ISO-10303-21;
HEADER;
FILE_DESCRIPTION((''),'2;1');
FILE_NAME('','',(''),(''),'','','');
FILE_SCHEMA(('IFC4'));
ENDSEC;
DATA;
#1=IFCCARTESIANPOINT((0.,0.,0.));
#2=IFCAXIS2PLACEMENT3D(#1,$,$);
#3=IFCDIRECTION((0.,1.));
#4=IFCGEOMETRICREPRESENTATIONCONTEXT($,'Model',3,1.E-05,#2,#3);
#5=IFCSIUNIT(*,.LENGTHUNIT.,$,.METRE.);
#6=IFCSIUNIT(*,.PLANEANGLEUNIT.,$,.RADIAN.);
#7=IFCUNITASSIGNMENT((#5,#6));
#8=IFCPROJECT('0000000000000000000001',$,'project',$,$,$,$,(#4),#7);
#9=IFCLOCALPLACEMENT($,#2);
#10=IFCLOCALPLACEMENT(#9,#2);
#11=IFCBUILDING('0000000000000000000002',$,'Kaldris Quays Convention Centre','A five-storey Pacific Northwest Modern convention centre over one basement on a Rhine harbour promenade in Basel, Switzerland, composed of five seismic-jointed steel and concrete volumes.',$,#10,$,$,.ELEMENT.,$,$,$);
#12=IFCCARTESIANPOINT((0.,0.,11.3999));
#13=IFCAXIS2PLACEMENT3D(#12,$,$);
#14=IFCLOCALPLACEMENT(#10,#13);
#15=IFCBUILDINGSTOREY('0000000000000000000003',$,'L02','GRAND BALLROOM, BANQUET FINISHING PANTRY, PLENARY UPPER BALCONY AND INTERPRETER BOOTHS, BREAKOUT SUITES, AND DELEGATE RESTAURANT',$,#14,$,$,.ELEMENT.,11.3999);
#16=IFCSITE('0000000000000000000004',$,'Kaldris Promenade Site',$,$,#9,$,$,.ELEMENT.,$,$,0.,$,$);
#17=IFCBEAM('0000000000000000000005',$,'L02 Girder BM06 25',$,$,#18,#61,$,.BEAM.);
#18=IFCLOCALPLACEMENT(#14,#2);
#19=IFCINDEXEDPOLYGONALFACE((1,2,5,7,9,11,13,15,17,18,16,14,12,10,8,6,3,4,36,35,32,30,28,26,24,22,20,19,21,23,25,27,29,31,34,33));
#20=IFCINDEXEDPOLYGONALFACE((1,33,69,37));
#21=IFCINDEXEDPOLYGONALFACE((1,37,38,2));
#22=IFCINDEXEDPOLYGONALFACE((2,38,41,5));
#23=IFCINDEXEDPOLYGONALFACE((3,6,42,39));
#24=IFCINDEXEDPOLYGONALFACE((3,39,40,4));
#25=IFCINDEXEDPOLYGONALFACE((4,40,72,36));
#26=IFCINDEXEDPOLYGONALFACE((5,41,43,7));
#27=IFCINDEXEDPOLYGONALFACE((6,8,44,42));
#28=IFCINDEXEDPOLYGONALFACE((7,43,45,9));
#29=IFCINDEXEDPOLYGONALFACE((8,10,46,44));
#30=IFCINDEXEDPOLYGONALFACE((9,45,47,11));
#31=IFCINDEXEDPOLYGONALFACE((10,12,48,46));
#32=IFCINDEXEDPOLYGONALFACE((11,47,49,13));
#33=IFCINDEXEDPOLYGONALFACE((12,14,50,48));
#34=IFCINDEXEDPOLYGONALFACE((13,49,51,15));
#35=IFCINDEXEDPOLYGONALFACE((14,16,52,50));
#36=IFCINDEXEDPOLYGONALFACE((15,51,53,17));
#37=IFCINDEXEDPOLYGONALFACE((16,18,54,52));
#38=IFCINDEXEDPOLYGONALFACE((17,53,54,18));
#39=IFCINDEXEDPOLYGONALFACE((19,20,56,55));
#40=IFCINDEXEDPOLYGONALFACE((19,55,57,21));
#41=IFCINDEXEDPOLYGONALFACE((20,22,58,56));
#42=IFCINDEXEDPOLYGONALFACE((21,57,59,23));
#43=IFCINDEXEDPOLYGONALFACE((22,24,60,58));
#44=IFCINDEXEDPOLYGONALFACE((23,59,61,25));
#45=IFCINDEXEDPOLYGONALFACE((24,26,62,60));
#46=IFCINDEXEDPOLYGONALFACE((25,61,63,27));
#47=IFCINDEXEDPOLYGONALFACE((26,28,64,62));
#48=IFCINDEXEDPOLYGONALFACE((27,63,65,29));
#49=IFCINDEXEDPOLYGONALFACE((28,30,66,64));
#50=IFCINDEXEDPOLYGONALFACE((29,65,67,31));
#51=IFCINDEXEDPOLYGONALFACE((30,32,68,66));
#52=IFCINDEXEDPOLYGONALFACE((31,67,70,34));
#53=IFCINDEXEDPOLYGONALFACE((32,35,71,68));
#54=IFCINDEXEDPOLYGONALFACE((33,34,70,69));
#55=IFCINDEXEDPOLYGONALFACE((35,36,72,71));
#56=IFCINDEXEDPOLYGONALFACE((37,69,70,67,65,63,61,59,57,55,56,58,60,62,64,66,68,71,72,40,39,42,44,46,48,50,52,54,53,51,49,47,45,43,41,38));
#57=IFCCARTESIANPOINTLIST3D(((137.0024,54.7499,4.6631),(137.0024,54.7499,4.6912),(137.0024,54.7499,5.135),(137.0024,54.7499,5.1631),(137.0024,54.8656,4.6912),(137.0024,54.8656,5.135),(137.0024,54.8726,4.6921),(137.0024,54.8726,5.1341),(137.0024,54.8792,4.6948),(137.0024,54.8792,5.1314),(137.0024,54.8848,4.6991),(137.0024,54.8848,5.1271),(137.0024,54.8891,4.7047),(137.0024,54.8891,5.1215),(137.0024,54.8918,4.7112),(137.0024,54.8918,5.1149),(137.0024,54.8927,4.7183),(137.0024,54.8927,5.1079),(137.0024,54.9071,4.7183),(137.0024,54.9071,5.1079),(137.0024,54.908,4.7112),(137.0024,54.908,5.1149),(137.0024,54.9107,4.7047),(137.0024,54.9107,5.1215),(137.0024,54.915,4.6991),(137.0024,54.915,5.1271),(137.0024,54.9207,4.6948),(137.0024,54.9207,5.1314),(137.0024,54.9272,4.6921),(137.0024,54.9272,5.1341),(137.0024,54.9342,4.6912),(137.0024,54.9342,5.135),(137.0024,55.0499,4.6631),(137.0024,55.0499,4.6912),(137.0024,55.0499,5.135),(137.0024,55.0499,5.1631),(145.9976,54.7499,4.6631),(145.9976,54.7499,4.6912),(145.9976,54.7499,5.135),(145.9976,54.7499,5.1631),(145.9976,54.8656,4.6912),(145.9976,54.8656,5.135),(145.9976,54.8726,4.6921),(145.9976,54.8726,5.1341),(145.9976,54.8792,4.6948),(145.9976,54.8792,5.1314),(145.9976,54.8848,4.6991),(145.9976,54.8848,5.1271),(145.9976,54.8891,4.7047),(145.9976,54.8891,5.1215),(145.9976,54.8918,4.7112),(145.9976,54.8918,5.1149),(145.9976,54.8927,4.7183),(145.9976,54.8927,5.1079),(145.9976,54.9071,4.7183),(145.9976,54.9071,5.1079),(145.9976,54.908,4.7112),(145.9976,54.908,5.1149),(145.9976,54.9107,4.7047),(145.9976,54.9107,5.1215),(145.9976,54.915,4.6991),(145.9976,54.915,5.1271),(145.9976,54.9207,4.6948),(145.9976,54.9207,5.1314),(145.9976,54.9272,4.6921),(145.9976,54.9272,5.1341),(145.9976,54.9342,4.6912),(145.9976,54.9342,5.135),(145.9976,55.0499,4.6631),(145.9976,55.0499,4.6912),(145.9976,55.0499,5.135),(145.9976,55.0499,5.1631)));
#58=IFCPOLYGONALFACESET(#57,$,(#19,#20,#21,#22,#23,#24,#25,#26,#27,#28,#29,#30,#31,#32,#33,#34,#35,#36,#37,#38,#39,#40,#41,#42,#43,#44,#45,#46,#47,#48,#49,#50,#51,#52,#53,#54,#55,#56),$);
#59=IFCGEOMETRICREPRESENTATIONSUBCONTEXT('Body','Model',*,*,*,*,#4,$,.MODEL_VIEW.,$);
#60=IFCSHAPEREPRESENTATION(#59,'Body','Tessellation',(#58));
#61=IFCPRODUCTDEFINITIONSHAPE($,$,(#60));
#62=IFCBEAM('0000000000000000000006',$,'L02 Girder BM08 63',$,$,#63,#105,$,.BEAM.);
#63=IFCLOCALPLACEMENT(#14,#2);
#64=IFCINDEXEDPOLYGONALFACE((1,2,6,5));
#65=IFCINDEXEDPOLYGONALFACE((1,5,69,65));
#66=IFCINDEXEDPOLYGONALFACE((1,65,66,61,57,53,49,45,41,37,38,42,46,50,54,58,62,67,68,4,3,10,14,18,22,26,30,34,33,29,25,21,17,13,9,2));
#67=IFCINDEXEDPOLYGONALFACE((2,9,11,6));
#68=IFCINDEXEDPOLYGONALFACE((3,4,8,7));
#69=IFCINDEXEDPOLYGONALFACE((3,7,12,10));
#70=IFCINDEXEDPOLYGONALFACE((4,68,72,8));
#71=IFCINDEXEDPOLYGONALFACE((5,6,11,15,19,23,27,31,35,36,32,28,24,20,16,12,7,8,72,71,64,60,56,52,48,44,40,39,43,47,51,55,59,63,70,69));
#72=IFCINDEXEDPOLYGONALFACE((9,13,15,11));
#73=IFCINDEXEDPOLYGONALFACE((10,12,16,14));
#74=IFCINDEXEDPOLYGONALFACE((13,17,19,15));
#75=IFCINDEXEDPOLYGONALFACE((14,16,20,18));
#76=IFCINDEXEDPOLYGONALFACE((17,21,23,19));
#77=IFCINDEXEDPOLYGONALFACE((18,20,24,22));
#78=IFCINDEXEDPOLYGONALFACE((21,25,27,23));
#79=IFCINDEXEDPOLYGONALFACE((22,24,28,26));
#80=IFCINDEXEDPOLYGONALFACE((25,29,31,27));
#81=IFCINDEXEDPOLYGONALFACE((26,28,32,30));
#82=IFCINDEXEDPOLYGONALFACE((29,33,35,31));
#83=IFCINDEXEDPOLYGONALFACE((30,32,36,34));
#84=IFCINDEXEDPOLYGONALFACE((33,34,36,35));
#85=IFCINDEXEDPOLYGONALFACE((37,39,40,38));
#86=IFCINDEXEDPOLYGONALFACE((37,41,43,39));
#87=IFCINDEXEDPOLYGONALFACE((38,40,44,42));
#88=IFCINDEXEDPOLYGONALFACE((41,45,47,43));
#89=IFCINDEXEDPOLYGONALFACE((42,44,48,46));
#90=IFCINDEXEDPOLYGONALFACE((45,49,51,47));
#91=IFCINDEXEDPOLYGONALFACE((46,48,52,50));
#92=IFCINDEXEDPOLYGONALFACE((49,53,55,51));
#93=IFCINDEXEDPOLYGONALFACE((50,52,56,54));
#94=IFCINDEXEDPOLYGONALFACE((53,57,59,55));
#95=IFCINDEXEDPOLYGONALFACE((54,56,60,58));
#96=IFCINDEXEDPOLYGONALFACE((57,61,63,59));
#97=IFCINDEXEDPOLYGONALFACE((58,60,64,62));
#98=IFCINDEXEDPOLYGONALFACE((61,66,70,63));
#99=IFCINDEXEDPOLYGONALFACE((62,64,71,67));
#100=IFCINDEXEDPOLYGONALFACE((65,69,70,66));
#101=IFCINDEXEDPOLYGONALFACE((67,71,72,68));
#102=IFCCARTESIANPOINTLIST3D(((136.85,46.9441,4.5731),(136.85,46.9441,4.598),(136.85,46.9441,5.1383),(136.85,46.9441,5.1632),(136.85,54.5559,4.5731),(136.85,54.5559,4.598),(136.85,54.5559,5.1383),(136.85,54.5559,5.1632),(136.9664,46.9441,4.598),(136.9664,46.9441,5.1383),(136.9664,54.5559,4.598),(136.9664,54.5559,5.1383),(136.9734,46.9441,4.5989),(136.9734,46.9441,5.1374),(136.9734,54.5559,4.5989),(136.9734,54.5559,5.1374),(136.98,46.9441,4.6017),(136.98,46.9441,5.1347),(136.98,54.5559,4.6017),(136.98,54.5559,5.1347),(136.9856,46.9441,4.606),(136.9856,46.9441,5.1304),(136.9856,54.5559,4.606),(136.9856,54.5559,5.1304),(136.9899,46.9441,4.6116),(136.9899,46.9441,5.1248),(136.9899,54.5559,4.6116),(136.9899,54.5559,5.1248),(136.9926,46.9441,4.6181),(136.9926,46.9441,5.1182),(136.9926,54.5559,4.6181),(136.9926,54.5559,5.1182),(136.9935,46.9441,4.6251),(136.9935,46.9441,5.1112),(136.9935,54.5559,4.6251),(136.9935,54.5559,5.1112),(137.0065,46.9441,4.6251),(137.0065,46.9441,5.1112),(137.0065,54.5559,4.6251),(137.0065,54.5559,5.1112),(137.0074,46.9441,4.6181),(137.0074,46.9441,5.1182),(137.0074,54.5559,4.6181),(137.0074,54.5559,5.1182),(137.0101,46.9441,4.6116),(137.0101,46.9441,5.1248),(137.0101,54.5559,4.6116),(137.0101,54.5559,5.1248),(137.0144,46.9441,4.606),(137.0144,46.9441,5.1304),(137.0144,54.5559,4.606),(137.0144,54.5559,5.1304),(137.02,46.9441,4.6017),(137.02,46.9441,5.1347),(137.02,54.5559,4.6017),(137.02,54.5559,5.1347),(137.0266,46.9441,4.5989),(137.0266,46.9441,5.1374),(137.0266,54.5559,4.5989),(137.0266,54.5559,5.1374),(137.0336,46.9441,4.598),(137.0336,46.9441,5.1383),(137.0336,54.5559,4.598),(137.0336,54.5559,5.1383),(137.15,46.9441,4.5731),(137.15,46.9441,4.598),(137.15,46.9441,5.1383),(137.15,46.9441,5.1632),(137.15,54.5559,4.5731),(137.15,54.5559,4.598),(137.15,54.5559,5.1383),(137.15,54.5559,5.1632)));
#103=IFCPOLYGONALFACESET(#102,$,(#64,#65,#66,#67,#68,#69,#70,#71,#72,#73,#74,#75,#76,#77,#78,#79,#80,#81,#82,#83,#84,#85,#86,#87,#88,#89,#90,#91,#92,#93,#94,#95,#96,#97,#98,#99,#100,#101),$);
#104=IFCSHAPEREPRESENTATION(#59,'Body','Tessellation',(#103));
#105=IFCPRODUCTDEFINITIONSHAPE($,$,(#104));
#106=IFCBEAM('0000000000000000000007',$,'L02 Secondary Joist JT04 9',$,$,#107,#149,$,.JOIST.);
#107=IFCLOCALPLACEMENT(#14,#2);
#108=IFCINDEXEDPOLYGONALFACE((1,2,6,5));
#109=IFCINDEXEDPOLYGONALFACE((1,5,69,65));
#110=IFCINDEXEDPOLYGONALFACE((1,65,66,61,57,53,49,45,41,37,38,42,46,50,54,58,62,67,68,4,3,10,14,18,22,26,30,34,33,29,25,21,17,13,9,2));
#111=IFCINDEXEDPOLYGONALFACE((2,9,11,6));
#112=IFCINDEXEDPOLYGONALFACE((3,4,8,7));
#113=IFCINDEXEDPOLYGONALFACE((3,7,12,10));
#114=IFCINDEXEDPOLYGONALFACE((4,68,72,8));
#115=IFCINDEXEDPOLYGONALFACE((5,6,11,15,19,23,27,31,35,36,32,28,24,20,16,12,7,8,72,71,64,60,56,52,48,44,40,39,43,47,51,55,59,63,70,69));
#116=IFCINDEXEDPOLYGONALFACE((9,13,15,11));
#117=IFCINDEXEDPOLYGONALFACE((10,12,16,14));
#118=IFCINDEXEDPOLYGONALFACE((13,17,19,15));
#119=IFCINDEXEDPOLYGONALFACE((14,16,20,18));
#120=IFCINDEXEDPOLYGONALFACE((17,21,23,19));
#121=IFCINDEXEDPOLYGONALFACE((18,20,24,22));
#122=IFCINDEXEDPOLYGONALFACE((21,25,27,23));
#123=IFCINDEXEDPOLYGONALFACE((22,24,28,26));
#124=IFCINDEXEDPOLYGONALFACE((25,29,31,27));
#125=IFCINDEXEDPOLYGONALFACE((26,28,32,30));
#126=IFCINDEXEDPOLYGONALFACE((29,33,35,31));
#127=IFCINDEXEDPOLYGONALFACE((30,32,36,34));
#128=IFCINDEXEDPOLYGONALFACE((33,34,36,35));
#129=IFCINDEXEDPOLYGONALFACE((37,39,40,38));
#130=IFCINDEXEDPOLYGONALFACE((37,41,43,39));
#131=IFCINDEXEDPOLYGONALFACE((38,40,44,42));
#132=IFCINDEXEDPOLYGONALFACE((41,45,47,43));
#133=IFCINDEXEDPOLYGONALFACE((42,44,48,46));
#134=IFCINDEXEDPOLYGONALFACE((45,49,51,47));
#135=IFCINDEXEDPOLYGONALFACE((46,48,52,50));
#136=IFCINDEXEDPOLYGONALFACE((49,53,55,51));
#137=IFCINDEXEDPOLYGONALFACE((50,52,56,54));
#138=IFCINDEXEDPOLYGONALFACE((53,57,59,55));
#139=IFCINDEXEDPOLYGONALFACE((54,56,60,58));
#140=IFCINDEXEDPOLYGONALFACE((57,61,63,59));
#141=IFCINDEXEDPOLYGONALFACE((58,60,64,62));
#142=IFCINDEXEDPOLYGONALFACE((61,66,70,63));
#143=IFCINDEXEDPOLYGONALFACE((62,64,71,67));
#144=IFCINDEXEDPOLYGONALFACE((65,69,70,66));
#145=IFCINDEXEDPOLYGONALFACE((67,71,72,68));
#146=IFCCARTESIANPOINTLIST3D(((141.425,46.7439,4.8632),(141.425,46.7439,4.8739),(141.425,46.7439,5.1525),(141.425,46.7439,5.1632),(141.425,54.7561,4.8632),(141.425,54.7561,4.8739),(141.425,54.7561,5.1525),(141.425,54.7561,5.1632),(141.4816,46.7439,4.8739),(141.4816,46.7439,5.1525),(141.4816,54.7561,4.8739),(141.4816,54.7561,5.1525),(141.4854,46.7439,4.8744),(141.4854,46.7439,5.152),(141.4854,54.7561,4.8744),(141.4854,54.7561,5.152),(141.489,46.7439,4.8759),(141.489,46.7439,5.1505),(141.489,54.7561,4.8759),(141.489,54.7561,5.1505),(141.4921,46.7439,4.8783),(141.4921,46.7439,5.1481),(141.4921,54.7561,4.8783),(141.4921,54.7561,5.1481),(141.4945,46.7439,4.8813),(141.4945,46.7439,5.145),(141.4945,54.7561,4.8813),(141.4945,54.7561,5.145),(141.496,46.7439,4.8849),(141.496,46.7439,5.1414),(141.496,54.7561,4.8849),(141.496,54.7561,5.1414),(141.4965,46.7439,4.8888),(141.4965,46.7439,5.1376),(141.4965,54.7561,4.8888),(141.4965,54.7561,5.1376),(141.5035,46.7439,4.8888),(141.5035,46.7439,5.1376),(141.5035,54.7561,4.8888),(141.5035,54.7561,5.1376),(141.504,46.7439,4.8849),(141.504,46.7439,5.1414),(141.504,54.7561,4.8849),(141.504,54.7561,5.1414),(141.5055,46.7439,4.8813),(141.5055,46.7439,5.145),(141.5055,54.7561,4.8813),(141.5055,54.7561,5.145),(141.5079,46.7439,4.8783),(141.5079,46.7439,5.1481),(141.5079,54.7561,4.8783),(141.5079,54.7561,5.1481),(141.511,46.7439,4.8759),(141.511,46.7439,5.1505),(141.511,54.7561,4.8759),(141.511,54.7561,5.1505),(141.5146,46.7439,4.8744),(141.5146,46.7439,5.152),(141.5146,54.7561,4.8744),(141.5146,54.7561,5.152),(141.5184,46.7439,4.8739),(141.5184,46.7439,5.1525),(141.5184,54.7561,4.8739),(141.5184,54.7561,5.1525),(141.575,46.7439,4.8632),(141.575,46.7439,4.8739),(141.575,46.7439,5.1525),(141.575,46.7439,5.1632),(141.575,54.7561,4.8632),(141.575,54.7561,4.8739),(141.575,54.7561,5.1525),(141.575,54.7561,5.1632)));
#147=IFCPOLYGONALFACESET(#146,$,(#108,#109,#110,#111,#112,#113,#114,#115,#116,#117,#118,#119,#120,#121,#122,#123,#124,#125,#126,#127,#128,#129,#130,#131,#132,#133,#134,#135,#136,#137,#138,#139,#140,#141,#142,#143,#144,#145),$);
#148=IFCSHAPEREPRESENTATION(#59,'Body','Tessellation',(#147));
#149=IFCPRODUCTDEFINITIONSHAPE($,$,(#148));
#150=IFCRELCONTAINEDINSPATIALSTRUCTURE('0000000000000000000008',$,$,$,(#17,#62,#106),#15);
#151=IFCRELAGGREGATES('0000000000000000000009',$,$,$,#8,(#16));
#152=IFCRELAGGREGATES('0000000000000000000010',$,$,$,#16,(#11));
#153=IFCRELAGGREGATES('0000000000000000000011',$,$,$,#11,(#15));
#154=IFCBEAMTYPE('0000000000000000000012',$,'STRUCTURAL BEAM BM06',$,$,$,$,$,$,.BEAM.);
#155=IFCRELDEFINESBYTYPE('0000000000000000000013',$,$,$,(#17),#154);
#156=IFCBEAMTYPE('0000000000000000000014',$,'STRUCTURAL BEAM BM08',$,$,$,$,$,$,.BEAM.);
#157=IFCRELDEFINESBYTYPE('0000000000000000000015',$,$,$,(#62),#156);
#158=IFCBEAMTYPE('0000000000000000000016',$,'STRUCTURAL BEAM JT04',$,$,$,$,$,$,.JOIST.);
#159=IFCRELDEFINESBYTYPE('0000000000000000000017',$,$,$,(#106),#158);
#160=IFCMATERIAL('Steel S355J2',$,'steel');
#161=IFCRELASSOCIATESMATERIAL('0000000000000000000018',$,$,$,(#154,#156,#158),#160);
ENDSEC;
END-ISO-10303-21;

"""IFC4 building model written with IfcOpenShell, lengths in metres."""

from ifc_helpers import new_model, si_unit, direction, frame, origin, origin_2d, place, context, subcontext, project, spatial, i_section, extrude, material, material_profile, profile_set, type_object, element, save


model = new_model("IFC4")

# Units and contexts
model_context = context("Model", 3, precision=1e-05, world=origin(), true_north=direction((0.0, 1.0)))
body_context = subcontext(model_context, "Body", "Model", "MODEL_VIEW")
ifc_project = project(units=[si_unit("LENGTHUNIT", "METRE"), si_unit("PLANEANGLEUNIT", "RADIAN")], contexts=[model_context])

# Site, building, storey
site_placement = place(None, origin())
site = spatial("IfcSite", under=ifc_project, at=site_placement, Name="Kaldris Promenade Site", CompositionType="ELEMENT", RefElevation=0.0)
building_placement = place(site_placement, origin())
building = spatial("IfcBuilding", under=site, at=building_placement, Name="Kaldris Quays Convention Centre", Description="A five-storey Pacific Northwest Modern convention centre over one basement on a Rhine harbour promenade in Basel, Switzerland, composed of five seismic-jointed steel and concrete volumes.", CompositionType="ELEMENT")
storey_placement = place(building_placement, frame((0.0, 0.0, 11.3999)))
storey = spatial("IfcBuildingStorey", under=building, at=storey_placement, Name="L02", Description="GRAND BALLROOM, BANQUET FINISHING PANTRY, PLENARY UPPER BALCONY AND INTERPRETER BOOTHS, BREAKOUT SUITES, AND DELEGATE RESTAURANT", CompositionType="ELEMENT", Elevation=11.3999)

# Shared definitions
ifc_material_1 = material(Name="Steel S355J2", Category="steel")

# Beams
ifc_material_profile_1 = material_profile(ifc_material_1, i_section(OverallWidth=0.3, OverallDepth=0.5, WebThickness=0.0144, FlangeThickness=0.0281, FilletRadius=0.0271, at=origin_2d()), Name="HEB 500")
ifc_profile_set_1 = profile_set([ifc_material_profile_1], Name="Steel S355J2")
beam_type_1 = type_object("IfcBeamType", Name="STRUCTURAL BEAM BM06", PredefinedType="BEAM", material=ifc_profile_set_1)
for number, where, z_axis, x_axis, name in (
    (1, (137.0024, 54.8999, 4.9131), (1.0, 0.0, 0.0), (0.0, 1.0, 0.0), "L02 Girder BM06 25"),
):
    element("IfcBeam", number, at=place(storey_placement, frame(where, z_axis=z_axis, x_axis=x_axis)), inside=storey, type_object=beam_type_1, Name=name, PredefinedType="BEAM", context=body_context, shape_type="SweptSolid", body=[
        extrude(i_section(OverallWidth=0.3, OverallDepth=0.5, WebThickness=0.0144, FlangeThickness=0.0281, FilletRadius=0.0271, at=origin_2d()), origin(), (0.0, 0.0, 1.0), 8.9951),
    ])
ifc_material_profile_2 = material_profile(ifc_material_1, i_section(OverallWidth=0.3, OverallDepth=0.5901, WebThickness=0.0129, FlangeThickness=0.0249, FilletRadius=0.0271, at=origin_2d()), Name="HEA 600")
ifc_profile_set_2 = profile_set([ifc_material_profile_2], Name="Steel S355J2")
beam_type_2 = type_object("IfcBeamType", Name="STRUCTURAL BEAM BM08", PredefinedType="BEAM", material=ifc_profile_set_2)
beam_1_placement = place(storey_placement, frame((137.0, 46.9441, 4.8682), z_axis=(0.0, 1.0, 0.0), x_axis=(-1.0, 0.0, 0.0)))
element("IfcBeam", 2, at=beam_1_placement, inside=storey, type_object=beam_type_2, Name="L02 Girder BM08 63", PredefinedType="BEAM", context=body_context, shape_type="SweptSolid", body=[
    extrude(i_section(OverallWidth=0.3, OverallDepth=0.5901, WebThickness=0.0129, FlangeThickness=0.0249, FilletRadius=0.0271, at=origin_2d()), origin(), (0.0, 0.0, 1.0), 7.6118),
])
ifc_material_profile_3 = material_profile(ifc_material_1, i_section(OverallWidth=0.1499, OverallDepth=0.3, WebThickness=0.0071, FlangeThickness=0.0107, FilletRadius=0.0149, at=origin_2d()), Name="IPE 300")
ifc_profile_set_3 = profile_set([ifc_material_profile_3], Name="Steel S355J2")
beam_type_3 = type_object("IfcBeamType", Name="STRUCTURAL BEAM JT04", PredefinedType="JOIST", material=ifc_profile_set_3)
beam_2_placement = place(storey_placement, frame((141.5, 46.7439, 5.0132), z_axis=(0.0, 1.0, 0.0), x_axis=(-1.0, 0.0, 0.0)))
element("IfcBeam", 3, at=beam_2_placement, inside=storey, type_object=beam_type_3, Name="L02 Secondary Joist JT04 9", PredefinedType="JOIST", context=body_context, shape_type="SweptSolid", body=[
    extrude(i_section(OverallWidth=0.1499, OverallDepth=0.3, WebThickness=0.0071, FlangeThickness=0.0107, FilletRadius=0.0149, at=origin_2d()), origin(), (0.0, 0.0, 1.0), 8.0122),
])

save(model, "model.ifc")
